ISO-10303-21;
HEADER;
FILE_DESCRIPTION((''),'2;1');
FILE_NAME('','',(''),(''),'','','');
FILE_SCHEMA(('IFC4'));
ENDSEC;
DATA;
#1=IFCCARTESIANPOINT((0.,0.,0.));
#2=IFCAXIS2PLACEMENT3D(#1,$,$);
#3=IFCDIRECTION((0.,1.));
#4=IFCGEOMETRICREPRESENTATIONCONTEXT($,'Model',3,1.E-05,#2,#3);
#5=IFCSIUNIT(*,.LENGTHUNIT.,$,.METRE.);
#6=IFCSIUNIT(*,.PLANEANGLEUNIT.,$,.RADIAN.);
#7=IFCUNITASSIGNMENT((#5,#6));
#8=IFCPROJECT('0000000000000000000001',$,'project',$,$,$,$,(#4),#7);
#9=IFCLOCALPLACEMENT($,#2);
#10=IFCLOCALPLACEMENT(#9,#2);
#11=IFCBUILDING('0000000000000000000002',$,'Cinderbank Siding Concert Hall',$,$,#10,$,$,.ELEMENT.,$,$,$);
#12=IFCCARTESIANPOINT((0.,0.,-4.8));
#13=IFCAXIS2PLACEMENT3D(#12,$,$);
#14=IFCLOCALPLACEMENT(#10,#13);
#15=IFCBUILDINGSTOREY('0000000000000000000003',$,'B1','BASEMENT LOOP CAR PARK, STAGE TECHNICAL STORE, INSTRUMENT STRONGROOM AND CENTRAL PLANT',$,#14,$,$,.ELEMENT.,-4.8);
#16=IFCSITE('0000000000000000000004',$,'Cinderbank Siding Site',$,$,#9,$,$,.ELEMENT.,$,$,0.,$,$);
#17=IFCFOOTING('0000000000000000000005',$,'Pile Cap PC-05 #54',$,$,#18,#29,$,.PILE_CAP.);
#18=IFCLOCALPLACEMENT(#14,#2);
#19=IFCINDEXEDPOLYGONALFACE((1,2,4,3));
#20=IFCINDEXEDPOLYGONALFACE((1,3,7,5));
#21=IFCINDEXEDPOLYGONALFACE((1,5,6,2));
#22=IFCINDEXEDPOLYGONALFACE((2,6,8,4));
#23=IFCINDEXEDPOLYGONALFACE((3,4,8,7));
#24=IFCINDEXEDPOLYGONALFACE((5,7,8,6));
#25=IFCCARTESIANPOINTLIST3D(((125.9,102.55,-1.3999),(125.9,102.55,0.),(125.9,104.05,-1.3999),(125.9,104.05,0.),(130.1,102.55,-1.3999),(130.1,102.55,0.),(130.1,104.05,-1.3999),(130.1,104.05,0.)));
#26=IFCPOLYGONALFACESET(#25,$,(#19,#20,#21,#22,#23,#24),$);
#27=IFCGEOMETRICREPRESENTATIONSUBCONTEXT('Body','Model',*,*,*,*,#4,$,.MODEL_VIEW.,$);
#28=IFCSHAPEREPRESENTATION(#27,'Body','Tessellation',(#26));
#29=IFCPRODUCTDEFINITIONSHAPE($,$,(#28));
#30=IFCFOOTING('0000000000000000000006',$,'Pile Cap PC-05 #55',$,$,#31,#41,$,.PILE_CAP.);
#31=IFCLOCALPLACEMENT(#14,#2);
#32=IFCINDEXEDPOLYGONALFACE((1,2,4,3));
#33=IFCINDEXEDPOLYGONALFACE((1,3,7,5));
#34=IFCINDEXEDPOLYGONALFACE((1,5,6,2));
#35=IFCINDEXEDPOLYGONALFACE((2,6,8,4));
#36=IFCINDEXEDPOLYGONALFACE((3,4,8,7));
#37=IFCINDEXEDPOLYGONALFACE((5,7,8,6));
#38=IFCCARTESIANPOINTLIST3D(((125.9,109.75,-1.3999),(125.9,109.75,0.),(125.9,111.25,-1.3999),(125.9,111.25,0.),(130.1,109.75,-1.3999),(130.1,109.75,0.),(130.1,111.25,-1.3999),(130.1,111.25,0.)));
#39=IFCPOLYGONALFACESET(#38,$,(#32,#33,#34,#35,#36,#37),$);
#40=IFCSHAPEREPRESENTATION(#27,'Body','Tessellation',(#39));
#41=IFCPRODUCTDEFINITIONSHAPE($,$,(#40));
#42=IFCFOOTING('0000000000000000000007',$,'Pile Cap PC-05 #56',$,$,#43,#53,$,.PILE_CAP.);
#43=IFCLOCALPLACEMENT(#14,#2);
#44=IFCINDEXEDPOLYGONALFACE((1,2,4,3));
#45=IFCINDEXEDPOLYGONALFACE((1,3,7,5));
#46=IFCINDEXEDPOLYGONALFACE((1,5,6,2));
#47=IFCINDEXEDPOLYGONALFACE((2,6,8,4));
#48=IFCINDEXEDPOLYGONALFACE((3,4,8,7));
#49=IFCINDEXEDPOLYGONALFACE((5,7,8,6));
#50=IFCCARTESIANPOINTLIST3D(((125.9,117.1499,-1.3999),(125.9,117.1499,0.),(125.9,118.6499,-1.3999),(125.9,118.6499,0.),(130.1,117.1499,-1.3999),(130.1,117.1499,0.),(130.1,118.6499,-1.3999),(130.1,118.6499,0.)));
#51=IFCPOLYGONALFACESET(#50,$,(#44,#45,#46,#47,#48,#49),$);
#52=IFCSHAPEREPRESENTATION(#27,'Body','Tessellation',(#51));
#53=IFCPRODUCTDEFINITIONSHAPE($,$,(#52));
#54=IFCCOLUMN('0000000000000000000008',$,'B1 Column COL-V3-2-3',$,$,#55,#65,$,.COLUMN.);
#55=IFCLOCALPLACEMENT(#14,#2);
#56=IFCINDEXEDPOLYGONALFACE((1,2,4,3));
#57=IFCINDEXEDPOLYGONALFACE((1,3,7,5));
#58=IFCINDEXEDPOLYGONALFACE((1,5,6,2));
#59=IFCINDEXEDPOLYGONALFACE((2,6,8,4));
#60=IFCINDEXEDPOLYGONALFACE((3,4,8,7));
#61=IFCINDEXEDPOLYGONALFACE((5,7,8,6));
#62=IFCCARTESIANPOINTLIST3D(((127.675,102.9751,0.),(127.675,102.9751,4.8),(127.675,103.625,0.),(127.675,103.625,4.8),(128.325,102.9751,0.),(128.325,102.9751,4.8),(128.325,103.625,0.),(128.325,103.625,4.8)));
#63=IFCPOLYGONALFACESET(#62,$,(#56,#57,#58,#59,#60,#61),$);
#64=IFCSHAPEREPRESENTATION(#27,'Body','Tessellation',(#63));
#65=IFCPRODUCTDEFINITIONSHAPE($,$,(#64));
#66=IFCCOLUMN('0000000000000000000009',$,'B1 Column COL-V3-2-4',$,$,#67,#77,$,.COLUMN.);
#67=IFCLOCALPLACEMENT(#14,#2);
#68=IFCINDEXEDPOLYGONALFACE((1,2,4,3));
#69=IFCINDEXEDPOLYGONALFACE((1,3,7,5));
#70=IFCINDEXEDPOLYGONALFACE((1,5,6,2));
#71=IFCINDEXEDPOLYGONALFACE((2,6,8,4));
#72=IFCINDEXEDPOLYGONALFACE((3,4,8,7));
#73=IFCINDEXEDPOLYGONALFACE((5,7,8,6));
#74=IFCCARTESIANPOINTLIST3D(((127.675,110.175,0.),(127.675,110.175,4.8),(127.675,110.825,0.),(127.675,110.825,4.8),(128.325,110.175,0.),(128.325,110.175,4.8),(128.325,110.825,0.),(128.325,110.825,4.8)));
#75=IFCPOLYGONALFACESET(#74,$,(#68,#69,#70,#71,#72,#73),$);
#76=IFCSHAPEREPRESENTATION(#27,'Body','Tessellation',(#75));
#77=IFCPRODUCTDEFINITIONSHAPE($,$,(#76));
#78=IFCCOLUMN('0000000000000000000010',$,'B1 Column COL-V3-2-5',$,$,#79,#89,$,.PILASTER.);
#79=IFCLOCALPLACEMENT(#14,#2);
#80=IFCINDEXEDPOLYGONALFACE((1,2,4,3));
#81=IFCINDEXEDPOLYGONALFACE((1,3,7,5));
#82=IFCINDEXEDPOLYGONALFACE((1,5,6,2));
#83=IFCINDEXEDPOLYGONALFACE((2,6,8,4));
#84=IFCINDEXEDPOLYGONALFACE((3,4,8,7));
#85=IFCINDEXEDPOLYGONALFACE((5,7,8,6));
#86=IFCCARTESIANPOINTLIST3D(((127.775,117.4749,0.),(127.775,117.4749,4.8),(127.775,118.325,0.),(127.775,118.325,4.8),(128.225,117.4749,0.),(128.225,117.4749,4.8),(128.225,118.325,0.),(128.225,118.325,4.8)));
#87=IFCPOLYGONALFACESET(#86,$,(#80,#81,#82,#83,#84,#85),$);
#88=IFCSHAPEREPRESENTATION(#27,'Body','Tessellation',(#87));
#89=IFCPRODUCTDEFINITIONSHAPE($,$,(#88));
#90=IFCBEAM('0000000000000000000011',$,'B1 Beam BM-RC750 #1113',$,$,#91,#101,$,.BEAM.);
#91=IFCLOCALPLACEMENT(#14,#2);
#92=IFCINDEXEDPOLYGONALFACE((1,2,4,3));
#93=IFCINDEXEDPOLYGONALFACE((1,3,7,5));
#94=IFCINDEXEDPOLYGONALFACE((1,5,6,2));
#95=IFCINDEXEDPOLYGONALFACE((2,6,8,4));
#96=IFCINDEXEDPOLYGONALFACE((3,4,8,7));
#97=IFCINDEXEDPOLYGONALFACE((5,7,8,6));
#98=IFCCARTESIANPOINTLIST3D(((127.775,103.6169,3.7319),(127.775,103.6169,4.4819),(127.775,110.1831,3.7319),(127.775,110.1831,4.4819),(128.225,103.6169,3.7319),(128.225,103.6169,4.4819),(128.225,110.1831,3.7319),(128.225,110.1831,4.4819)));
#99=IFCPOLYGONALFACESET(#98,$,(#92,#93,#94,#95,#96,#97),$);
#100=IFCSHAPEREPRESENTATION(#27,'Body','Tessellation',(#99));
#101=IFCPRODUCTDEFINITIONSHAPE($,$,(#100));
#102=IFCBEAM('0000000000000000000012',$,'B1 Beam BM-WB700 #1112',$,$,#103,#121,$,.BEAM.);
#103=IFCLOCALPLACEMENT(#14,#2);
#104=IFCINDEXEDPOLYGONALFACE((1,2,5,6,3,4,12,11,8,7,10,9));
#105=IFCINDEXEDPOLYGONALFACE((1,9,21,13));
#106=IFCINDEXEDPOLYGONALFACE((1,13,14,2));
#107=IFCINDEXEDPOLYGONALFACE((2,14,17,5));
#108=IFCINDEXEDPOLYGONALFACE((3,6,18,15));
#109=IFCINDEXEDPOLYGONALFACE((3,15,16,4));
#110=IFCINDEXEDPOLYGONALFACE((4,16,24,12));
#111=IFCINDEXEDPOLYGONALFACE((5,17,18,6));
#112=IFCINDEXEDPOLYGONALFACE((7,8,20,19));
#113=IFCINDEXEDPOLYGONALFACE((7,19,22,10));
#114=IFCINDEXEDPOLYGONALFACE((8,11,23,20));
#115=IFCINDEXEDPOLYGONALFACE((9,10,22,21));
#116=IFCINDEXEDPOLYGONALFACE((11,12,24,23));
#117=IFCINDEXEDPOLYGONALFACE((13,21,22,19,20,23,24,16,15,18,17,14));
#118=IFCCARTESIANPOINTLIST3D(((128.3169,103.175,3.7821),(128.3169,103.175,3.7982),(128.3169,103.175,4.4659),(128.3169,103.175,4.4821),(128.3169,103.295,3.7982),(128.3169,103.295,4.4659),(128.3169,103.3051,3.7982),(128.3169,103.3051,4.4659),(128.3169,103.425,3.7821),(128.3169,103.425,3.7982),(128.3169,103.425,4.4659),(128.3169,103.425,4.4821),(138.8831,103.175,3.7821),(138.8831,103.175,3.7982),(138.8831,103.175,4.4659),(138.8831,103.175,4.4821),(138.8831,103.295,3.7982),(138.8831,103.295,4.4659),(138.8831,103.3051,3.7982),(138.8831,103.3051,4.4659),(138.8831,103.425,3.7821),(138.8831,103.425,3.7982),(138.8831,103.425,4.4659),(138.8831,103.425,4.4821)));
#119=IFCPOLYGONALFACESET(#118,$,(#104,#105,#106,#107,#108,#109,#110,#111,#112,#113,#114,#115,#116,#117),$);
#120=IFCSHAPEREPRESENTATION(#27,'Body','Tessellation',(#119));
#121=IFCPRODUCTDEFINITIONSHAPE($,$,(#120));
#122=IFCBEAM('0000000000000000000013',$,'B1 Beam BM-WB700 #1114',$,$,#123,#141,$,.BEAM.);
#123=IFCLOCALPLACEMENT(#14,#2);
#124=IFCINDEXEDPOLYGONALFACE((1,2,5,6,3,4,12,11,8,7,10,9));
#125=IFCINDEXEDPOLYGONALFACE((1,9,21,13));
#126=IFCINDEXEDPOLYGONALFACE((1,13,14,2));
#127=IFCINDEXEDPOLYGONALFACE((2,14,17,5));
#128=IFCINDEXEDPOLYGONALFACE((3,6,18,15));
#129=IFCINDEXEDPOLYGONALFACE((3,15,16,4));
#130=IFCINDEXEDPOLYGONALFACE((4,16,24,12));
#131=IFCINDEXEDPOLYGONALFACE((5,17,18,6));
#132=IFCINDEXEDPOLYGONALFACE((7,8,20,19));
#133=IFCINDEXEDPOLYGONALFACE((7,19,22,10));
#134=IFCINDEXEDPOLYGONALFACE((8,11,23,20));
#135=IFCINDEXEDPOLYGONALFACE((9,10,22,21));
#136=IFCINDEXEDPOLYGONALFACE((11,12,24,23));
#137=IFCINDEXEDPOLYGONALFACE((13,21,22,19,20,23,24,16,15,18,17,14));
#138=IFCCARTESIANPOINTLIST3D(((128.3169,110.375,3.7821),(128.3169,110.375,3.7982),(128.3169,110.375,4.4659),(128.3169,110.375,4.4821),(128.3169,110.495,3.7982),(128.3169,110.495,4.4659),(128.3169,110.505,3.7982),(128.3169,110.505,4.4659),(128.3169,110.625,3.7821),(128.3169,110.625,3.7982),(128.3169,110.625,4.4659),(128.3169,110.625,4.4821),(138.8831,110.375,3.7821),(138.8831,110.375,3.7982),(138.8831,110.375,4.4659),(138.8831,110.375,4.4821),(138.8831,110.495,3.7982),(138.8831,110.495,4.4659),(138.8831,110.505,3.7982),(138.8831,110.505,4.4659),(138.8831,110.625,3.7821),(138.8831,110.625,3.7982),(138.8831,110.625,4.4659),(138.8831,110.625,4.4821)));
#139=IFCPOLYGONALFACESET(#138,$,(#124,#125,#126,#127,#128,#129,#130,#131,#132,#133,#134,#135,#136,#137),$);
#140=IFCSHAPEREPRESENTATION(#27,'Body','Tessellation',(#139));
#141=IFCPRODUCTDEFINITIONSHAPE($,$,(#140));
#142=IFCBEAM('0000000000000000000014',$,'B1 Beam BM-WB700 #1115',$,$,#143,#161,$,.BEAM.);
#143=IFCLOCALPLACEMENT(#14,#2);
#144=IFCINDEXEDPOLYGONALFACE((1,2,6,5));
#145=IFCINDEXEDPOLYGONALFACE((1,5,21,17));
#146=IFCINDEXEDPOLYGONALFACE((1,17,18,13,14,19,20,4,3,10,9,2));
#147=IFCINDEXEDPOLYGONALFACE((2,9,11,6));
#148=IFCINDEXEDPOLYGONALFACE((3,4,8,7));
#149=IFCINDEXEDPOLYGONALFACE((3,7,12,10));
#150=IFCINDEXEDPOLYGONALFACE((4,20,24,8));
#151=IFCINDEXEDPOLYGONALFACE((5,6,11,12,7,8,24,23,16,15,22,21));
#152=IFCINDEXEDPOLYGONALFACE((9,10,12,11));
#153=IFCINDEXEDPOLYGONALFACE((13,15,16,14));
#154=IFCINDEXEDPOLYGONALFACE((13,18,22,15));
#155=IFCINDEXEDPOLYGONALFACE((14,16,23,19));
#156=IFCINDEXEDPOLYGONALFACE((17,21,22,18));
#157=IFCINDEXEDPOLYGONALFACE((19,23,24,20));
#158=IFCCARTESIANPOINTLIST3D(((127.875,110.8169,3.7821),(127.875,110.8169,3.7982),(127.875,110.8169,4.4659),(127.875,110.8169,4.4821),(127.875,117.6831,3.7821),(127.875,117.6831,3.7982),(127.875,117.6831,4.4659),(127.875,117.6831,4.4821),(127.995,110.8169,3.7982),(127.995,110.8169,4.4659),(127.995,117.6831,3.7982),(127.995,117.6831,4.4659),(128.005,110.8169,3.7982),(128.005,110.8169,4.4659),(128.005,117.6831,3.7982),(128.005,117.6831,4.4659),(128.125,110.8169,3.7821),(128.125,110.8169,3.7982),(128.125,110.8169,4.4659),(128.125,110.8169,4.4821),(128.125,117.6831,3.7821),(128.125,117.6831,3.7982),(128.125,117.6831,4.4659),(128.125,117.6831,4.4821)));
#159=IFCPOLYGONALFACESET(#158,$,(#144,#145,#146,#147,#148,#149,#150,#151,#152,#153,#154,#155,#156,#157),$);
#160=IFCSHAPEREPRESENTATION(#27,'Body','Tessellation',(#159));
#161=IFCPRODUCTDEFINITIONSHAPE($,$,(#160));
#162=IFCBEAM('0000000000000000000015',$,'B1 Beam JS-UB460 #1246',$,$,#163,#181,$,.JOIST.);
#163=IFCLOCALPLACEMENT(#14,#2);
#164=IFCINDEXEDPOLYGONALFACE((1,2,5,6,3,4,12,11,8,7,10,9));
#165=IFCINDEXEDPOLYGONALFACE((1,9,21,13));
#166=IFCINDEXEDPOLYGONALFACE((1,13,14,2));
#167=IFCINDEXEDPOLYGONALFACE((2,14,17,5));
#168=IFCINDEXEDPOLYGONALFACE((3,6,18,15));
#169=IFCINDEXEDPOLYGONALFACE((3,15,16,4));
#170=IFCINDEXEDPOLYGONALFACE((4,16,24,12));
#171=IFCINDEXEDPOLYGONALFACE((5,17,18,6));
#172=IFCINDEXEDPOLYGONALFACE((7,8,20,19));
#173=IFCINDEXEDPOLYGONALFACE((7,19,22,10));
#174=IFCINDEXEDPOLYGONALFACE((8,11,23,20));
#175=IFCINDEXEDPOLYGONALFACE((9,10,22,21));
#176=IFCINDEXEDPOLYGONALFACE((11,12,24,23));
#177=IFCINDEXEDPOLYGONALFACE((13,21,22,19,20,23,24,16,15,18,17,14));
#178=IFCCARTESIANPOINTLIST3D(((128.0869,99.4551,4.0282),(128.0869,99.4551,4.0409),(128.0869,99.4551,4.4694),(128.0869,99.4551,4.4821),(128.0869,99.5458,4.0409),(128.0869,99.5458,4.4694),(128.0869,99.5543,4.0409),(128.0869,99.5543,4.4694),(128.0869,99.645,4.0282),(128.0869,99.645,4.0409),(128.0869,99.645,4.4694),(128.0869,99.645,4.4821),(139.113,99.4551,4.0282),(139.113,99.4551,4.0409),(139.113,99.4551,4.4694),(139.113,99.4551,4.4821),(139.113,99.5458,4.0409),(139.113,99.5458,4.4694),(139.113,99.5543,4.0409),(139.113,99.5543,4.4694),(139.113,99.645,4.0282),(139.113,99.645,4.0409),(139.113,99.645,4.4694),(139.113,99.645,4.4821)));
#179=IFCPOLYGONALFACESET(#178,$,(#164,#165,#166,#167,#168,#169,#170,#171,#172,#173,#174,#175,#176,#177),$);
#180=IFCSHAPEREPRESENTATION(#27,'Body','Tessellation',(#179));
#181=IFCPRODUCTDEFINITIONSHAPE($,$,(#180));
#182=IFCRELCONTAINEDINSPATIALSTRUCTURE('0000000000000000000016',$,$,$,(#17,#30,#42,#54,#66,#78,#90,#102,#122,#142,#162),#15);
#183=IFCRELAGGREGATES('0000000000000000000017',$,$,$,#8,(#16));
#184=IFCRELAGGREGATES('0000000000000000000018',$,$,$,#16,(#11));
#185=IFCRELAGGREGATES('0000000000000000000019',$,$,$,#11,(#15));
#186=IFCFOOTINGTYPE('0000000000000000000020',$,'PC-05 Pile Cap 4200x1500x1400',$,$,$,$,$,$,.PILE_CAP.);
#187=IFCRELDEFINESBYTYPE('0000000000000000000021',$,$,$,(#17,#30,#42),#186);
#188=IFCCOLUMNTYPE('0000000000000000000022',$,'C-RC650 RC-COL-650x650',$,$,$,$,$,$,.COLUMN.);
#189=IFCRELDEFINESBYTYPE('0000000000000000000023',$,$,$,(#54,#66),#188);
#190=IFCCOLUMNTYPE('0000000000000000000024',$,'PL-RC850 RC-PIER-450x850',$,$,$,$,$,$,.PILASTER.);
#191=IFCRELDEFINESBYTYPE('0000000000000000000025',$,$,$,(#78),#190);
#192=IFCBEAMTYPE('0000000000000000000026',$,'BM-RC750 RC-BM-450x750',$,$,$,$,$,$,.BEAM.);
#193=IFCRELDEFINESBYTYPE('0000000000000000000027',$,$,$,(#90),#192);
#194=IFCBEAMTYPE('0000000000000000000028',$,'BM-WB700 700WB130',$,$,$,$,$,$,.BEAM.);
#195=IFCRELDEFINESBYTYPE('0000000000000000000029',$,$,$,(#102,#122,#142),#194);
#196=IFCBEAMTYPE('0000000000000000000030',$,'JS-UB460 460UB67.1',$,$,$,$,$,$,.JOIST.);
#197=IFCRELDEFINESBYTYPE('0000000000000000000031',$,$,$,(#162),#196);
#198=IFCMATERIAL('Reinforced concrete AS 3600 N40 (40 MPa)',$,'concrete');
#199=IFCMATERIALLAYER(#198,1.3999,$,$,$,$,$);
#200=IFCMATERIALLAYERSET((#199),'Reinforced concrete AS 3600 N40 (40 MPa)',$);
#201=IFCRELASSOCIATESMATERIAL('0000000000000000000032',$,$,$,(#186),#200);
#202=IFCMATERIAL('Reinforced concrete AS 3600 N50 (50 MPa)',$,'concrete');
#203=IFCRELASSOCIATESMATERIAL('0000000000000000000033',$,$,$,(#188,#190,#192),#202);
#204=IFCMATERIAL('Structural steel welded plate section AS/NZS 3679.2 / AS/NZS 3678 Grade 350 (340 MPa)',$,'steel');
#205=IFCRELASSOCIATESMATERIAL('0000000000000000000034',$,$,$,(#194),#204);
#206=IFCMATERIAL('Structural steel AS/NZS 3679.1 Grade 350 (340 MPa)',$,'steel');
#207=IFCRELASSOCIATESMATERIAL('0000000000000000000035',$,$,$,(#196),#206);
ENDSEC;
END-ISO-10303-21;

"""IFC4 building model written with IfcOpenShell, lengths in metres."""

from ifc_helpers import new_model, si_unit, direction, frame, origin, origin_2d, place, context, subcontext, project, spatial, rectangle, i_section, extrude, material, layer, layer_set, material_profile, profile_set, type_object, element, save


model = new_model("IFC4")

# Units and contexts
model_context = context("Model", 3, precision=1e-05, world=origin(), true_north=direction((0.0, 1.0)))
body_context = subcontext(model_context, "Body", "Model", "MODEL_VIEW")
ifc_project = project(units=[si_unit("LENGTHUNIT", "METRE"), si_unit("PLANEANGLEUNIT", "RADIAN")], contexts=[model_context])

# Site, building, storey
site_placement = place(None, origin())
site = spatial("IfcSite", under=ifc_project, at=site_placement, Name="Cinderbank Siding Site", CompositionType="ELEMENT", RefElevation=0.0)
building_placement = place(site_placement, origin())
building = spatial("IfcBuilding", under=site, at=building_placement, Name="Cinderbank Siding Concert Hall", CompositionType="ELEMENT")
storey_placement = place(building_placement, frame((0.0, 0.0, -4.8)))
storey = spatial("IfcBuildingStorey", under=building, at=storey_placement, Name="B1", Description="BASEMENT LOOP CAR PARK, STAGE TECHNICAL STORE, INSTRUMENT STRONGROOM AND CENTRAL PLANT", CompositionType="ELEMENT", Elevation=-4.8)

# Shared definitions
ifc_material_1 = material(Name="Reinforced concrete AS 3600 N40 (40 MPa)", Category="concrete")

# Footings
ifc_layer = layer(ifc_material_1, 1.3999)
ifc_layer_set = layer_set([ifc_layer], Name="Reinforced concrete AS 3600 N40 (40 MPa)")
footing_type_1 = type_object("IfcFootingType", Name="PC-05 Pile Cap 4200x1500x1400", PredefinedType="PILE_CAP", material=ifc_layer_set)
for number, where, z_axis, x_axis, name in (
    (1, (128.0, 103.3, -1.3999), (0.0, 0.0, 1.0), (1.0, 0.0, 0.0), "Pile Cap PC-05 #54"),
    (2, (128.0, 110.5, -1.3999), (0.0, 0.0, 1.0), (1.0, 0.0, 0.0), "Pile Cap PC-05 #55"),
    (3, (128.0, 117.8999, -1.3999), (0.0, 0.0, 1.0), (1.0, 0.0, 0.0), "Pile Cap PC-05 #56"),
):
    element("IfcFooting", number, at=place(storey_placement, frame(where, z_axis=z_axis, x_axis=x_axis)), inside=storey, type_object=footing_type_1, Name=name, PredefinedType="PILE_CAP", context=body_context, shape_type="SweptSolid", body=[
        extrude(rectangle(XDim=4.2, YDim=1.5, at=origin_2d()), origin(), (0.0, 0.0, 1.0), 1.3999),
    ])

# Columns
ifc_material_2 = material(Name="Reinforced concrete AS 3600 N50 (50 MPa)", Category="concrete")
ifc_material_profile_1 = material_profile(ifc_material_2, rectangle(XDim=0.6499, YDim=0.6499, at=origin_2d()), Name="RC-COL-650x650", Category="LoadBearing")
ifc_profile_set_1 = profile_set([ifc_material_profile_1], Name="Reinforced concrete AS 3600 N50 (50 MPa)")
column_type_1 = type_object("IfcColumnType", Name="C-RC650 RC-COL-650x650", PredefinedType="COLUMN", material=ifc_profile_set_1)
for number, where, z_axis, x_axis, name in (
    (4, (128.0, 103.3, 0.0), (0.0, 0.0, 1.0), (1.0, 0.0, 0.0), "B1 Column COL-V3-2-3"),
    (5, (128.0, 110.5, 0.0), (0.0, 0.0, 1.0), (1.0, 0.0, 0.0), "B1 Column COL-V3-2-4"),
):
    element("IfcColumn", number, at=place(storey_placement, frame(where, z_axis=z_axis, x_axis=x_axis)), inside=storey, type_object=column_type_1, Name=name, PredefinedType="COLUMN", context=body_context, shape_type="SweptSolid", body=[
        extrude(rectangle(XDim=0.6499, YDim=0.6499, at=origin_2d()), origin(), (0.0, 0.0, 1.0), 4.8),
    ])
ifc_material_profile_2 = material_profile(ifc_material_2, rectangle(XDim=0.45, YDim=0.8501, at=origin_2d()), Name="RC-PIER-450x850", Category="LoadBearing")
ifc_profile_set_2 = profile_set([ifc_material_profile_2], Name="Reinforced concrete AS 3600 N50 (50 MPa)")
column_type_2 = type_object("IfcColumnType", Name="PL-RC850 RC-PIER-450x850", PredefinedType="PILASTER", material=ifc_profile_set_2)
column_placement = place(storey_placement, frame((128.0, 117.8999, 0.0), z_axis=(0.0, 0.0, 1.0), x_axis=(1.0, 0.0, 0.0)))
element("IfcColumn", 6, at=column_placement, inside=storey, type_object=column_type_2, Name="B1 Column COL-V3-2-5", PredefinedType="PILASTER", context=body_context, shape_type="SweptSolid", body=[
    extrude(rectangle(XDim=0.45, YDim=0.8501, at=origin_2d()), origin(), (0.0, 0.0, 1.0), 4.8),
])

# Beams
ifc_material_profile_3 = material_profile(ifc_material_2, rectangle(XDim=0.45, YDim=0.75, at=origin_2d()), Name="RC-BM-450x750", Category="LoadBearing")
ifc_profile_set_3 = profile_set([ifc_material_profile_3], Name="Reinforced concrete AS 3600 N50 (50 MPa)")
beam_type_1 = type_object("IfcBeamType", Name="BM-RC750 RC-BM-450x750", PredefinedType="BEAM", material=ifc_profile_set_3)
beam_1_placement = place(storey_placement, frame((128.0, 103.6169, 4.1069), z_axis=(0.0, 1.0, 0.0), x_axis=(-1.0, 0.0, 0.0)))
element("IfcBeam", 7, at=beam_1_placement, inside=storey, type_object=beam_type_1, Name="B1 Beam BM-RC750 #1113", PredefinedType="BEAM", context=body_context, shape_type="SweptSolid", body=[
    extrude(rectangle(XDim=0.45, YDim=0.75, at=origin_2d()), origin(), (0.0, 0.0, 1.0), 6.5662),
])
ifc_material_3 = material(Name="Structural steel welded plate section AS/NZS 3679.2 / AS/NZS 3678 Grade 350 (340 MPa)", Category="steel")
ifc_material_profile_4 = material_profile(ifc_material_3, i_section(OverallWidth=0.25, OverallDepth=0.7, WebThickness=0.01, FlangeThickness=0.0161, at=origin_2d()), Name="700WB130", Category="LoadBearing")
ifc_profile_set_4 = profile_set([ifc_material_profile_4], Name="Structural steel welded plate section AS/NZS 3679.2 / AS/NZS 3678 Grade 350 (340 MPa)")
beam_type_2 = type_object("IfcBeamType", Name="BM-WB700 700WB130", PredefinedType="BEAM", material=ifc_profile_set_4)
for number, where, z_axis, x_axis, name in (
    (8, (128.3169, 103.3, 4.1321), (1.0, 0.0, 0.0), (0.0, 1.0, 0.0), "B1 Beam BM-WB700 #1112"),
    (9, (128.3169, 110.5, 4.1321), (1.0, 0.0, 0.0), (0.0, 1.0, 0.0), "B1 Beam BM-WB700 #1114"),
):
    element("IfcBeam", number, at=place(storey_placement, frame(where, z_axis=z_axis, x_axis=x_axis)), inside=storey, type_object=beam_type_2, Name=name, PredefinedType="BEAM", context=body_context, shape_type="SweptSolid", body=[
        extrude(i_section(OverallWidth=0.25, OverallDepth=0.7, WebThickness=0.01, FlangeThickness=0.0161, at=origin_2d()), origin(), (0.0, 0.0, 1.0), 10.5662),
    ])
beam_2_placement = place(storey_placement, frame((128.0, 110.8169, 4.1321), z_axis=(0.0, 1.0, 0.0), x_axis=(-1.0, 0.0, 0.0)))
element("IfcBeam", 10, at=beam_2_placement, inside=storey, type_object=beam_type_2, Name="B1 Beam BM-WB700 #1115", PredefinedType="BEAM", context=body_context, shape_type="SweptSolid", body=[
    extrude(i_section(OverallWidth=0.25, OverallDepth=0.7, WebThickness=0.01, FlangeThickness=0.0161, at=origin_2d()), origin(), (0.0, 0.0, 1.0), 6.8662),
])
ifc_material_4 = material(Name="Structural steel AS/NZS 3679.1 Grade 350 (340 MPa)", Category="steel")
ifc_material_profile_5 = material_profile(ifc_material_4, i_section(OverallWidth=0.1899, OverallDepth=0.4539, WebThickness=0.0085, FlangeThickness=0.0127, at=origin_2d()), Name="460UB67.1", Category="LoadBearing")
ifc_profile_set_5 = profile_set([ifc_material_profile_5], Name="Structural steel AS/NZS 3679.1 Grade 350 (340 MPa)")
beam_type_3 = type_object("IfcBeamType", Name="JS-UB460 460UB67.1", PredefinedType="JOIST", material=ifc_profile_set_5)
beam_3_placement = place(storey_placement, frame((128.0869, 99.55, 4.2551), z_axis=(1.0, 0.0, 0.0), x_axis=(0.0, 1.0, 0.0)))
element("IfcBeam", 11, at=beam_3_placement, inside=storey, type_object=beam_type_3, Name="B1 Beam JS-UB460 #1246", PredefinedType="JOIST", context=body_context, shape_type="SweptSolid", body=[
    extrude(i_section(OverallWidth=0.1899, OverallDepth=0.4539, WebThickness=0.0085, FlangeThickness=0.0127, at=origin_2d()), origin(), (0.0, 0.0, 1.0), 11.0261),
])

save(model, "model.ifc")
